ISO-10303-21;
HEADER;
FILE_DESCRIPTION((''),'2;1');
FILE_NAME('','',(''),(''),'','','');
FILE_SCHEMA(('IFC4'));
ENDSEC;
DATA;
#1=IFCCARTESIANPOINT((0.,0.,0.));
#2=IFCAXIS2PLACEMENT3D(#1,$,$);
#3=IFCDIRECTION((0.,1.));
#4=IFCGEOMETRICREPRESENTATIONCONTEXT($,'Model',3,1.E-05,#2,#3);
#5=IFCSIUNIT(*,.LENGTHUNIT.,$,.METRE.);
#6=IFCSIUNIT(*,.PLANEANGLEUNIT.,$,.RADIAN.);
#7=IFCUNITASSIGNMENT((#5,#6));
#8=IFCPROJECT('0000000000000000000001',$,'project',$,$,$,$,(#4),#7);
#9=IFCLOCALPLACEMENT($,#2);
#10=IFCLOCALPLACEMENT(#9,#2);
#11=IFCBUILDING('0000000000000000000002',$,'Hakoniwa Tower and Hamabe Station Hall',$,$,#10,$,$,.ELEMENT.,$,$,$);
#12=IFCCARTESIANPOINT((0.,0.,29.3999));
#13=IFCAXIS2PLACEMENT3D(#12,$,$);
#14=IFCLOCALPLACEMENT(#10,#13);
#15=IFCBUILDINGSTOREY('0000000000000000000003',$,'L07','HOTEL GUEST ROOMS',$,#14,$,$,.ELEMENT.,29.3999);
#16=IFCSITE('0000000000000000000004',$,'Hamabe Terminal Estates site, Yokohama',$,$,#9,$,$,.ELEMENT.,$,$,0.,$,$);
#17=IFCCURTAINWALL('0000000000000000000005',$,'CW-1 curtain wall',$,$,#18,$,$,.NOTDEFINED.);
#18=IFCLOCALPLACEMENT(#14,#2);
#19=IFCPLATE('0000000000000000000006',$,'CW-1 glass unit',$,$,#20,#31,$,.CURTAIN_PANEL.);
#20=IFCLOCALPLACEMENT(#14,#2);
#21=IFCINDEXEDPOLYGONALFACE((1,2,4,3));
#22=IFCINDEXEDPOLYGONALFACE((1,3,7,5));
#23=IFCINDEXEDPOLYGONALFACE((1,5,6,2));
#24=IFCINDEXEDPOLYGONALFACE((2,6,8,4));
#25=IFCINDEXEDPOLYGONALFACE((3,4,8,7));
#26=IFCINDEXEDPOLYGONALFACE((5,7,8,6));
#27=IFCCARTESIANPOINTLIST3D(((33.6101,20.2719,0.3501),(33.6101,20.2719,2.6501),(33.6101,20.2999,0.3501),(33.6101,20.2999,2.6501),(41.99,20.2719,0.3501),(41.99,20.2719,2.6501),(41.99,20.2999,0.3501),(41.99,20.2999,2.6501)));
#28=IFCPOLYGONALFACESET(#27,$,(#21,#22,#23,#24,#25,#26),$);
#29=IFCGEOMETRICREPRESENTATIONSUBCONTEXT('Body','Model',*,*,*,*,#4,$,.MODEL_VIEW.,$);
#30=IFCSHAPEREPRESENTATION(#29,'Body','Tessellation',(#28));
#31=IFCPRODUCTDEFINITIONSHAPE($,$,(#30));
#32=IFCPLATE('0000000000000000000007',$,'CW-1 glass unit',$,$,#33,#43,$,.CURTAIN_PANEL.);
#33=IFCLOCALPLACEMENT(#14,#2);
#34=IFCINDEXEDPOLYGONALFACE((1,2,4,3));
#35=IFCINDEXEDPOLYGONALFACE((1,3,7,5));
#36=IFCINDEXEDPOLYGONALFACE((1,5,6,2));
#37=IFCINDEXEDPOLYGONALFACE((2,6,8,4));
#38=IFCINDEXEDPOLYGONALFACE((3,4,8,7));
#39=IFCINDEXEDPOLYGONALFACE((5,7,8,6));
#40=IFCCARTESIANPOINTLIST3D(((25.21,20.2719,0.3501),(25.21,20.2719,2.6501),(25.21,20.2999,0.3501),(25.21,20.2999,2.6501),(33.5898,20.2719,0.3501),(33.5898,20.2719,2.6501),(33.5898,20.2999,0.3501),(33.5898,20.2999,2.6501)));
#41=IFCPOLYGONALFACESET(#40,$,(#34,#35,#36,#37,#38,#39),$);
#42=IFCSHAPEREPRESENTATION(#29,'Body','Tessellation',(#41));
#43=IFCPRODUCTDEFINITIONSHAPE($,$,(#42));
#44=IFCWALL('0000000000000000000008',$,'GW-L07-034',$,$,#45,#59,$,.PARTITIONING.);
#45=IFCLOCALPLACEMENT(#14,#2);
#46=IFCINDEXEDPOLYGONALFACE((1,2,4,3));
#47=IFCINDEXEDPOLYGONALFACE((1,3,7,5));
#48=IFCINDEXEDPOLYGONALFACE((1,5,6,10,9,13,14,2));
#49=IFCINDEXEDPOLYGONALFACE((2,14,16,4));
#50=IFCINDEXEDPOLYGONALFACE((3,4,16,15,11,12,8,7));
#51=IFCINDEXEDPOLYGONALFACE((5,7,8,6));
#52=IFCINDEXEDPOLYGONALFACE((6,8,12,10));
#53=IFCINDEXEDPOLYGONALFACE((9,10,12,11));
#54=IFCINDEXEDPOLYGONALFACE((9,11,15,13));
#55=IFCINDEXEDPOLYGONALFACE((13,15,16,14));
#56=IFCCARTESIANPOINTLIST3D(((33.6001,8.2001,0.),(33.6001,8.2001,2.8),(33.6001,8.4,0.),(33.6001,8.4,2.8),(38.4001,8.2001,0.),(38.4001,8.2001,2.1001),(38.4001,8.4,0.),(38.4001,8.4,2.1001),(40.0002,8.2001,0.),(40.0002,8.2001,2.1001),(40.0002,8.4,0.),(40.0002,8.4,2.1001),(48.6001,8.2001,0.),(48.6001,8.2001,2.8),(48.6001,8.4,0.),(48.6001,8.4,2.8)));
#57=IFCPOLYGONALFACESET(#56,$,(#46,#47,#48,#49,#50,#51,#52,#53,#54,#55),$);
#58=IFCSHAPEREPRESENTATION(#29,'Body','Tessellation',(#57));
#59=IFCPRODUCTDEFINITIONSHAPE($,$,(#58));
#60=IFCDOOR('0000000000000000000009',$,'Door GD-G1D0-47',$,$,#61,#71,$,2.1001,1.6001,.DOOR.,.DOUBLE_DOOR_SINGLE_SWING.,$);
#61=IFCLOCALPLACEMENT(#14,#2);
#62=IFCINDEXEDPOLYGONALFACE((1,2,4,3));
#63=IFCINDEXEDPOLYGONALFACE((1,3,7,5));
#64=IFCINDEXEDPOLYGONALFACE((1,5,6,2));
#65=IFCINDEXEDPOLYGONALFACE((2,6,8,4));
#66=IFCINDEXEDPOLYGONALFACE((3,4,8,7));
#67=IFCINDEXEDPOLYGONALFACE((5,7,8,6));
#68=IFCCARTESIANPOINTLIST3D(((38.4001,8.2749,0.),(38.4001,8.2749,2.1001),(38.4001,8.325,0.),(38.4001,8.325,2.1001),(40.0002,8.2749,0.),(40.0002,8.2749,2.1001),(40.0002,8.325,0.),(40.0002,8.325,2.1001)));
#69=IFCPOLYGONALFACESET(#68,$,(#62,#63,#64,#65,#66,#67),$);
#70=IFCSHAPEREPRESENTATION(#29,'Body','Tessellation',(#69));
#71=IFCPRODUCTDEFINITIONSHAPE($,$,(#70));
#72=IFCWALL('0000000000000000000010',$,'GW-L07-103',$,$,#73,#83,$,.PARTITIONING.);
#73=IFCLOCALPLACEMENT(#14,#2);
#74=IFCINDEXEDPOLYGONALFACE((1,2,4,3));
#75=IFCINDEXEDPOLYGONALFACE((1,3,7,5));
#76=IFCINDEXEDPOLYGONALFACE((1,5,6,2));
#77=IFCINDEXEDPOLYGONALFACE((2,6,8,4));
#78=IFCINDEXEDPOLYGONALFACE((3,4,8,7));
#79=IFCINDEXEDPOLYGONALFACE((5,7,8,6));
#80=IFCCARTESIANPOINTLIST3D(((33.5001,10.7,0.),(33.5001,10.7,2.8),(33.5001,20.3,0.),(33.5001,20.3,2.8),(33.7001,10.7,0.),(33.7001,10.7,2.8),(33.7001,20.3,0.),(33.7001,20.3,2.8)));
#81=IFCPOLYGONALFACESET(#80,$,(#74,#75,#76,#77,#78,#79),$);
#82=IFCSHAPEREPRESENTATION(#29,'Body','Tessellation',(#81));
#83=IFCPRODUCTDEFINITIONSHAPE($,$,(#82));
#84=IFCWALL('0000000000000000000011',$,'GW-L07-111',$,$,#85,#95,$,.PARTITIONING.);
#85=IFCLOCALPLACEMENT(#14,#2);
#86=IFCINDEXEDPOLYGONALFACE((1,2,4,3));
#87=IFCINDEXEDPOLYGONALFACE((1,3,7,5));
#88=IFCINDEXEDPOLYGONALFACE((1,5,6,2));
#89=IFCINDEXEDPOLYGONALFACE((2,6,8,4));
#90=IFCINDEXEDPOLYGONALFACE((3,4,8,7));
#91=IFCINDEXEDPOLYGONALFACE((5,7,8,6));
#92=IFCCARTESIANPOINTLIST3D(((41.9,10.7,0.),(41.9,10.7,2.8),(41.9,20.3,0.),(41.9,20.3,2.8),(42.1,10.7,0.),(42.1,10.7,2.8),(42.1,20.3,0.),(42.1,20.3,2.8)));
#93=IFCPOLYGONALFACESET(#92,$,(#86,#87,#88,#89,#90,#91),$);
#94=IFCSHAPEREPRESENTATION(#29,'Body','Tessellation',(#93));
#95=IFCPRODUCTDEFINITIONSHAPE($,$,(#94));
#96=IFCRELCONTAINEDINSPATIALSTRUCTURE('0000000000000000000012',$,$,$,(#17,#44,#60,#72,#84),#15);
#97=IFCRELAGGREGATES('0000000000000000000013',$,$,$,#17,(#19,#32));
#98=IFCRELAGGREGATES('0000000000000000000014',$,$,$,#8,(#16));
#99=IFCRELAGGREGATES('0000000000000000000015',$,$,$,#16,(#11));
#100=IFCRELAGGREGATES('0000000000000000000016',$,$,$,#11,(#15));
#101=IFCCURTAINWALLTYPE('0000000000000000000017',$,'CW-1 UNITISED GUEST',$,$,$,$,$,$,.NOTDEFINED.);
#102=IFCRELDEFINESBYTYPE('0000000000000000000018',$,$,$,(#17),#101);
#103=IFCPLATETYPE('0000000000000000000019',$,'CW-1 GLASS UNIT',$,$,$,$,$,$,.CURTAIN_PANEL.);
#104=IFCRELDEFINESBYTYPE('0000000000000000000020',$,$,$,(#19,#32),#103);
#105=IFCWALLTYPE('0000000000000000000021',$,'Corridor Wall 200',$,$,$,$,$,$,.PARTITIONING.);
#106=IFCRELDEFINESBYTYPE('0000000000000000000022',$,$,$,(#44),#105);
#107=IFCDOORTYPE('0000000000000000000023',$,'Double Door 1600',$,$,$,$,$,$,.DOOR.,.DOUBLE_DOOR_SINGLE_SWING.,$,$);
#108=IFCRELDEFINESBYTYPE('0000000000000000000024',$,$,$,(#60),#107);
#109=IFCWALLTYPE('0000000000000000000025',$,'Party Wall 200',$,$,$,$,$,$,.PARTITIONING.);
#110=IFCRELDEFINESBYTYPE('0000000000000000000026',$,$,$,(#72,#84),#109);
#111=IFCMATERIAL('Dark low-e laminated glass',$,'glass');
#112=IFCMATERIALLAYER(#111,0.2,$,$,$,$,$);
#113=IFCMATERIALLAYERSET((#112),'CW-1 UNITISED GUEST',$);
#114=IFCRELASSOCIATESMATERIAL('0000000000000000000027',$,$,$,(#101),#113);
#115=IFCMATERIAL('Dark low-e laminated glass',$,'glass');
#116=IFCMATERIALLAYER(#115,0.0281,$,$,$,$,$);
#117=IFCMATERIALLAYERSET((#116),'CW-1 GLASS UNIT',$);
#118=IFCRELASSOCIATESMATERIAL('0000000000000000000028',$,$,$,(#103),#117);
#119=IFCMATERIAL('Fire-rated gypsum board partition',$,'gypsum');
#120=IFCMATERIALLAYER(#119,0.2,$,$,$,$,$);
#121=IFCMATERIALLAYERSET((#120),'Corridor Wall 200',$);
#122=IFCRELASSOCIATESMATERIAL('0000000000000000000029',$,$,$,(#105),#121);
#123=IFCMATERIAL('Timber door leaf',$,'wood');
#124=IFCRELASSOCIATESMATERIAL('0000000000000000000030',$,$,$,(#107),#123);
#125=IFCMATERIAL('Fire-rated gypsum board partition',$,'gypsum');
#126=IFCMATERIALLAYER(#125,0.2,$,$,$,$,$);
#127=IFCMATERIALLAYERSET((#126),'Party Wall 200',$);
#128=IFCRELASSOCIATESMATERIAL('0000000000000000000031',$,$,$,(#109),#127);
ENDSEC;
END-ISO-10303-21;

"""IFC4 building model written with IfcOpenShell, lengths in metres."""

from ifc_helpers import new_model, si_unit, direction, frame, frame_2d, origin, origin_2d, place, context, subcontext, project, spatial, rectangle, extrude, material, layer, layer_set, type_object, element, fill, aggregate, save


model = new_model("IFC4")

# Units and contexts
model_context = context("Model", 3, precision=1e-05, world=origin(), true_north=direction((0.0, 1.0)))
body_context = subcontext(model_context, "Body", "Model", "MODEL_VIEW")
ifc_project = project(units=[si_unit("LENGTHUNIT", "METRE"), si_unit("PLANEANGLEUNIT", "RADIAN")], contexts=[model_context])

# Site, building, storey
site_placement = place(None, origin())
site = spatial("IfcSite", under=ifc_project, at=site_placement, Name="Hamabe Terminal Estates site, Yokohama", CompositionType="ELEMENT", RefElevation=0.0)
building_placement = place(site_placement, origin())
building = spatial("IfcBuilding", under=site, at=building_placement, Name="Hakoniwa Tower and Hamabe Station Hall", CompositionType="ELEMENT")
storey_placement = place(building_placement, frame((0.0, 0.0, 29.3999)))
storey = spatial("IfcBuildingStorey", under=building, at=storey_placement, Name="L07", Description="HOTEL GUEST ROOMS", CompositionType="ELEMENT", Elevation=29.3999)

# Curtain wall
ifc_material_1 = material(Name="Dark low-e laminated glass", Category="glass")
ifc_layer_1 = layer(ifc_material_1, 0.2)
ifc_layer_set_1 = layer_set([ifc_layer_1], Name="CW-1 UNITISED GUEST")
curtain_wall_type = type_object("IfcCurtainWallType", Name="CW-1 UNITISED GUEST", PredefinedType="NOTDEFINED", material=ifc_layer_set_1)
curtain_wall_1_placement = place(storey_placement, origin())
curtain_wall_1 = element("IfcCurtainWall", 1, at=curtain_wall_1_placement, inside=storey, type_object=curtain_wall_type, Name="CW-1 curtain wall", PredefinedType="NOTDEFINED")

# Plates
ifc_material_2 = material(Name="Dark low-e laminated glass", Category="glass")
ifc_layer_2 = layer(ifc_material_2, 0.0281)
ifc_layer_set_2 = layer_set([ifc_layer_2], Name="CW-1 GLASS UNIT")
plate_type = type_object("IfcPlateType", Name="CW-1 GLASS UNIT", PredefinedType="CURTAIN_PANEL", material=ifc_layer_set_2)
plate_1_placement = place(storey_placement, frame((37.8, 20.2859, 0.3501), z_axis=(0.0, 0.0, 1.0), x_axis=(-1.0, 0.0, 0.0)))
plate_1 = element("IfcPlate", 2, at=plate_1_placement, type_object=plate_type, Name="CW-1 glass unit", PredefinedType="CURTAIN_PANEL", context=body_context, shape_type="SweptSolid", body=[
    extrude(rectangle(XDim=8.3799, YDim=0.0281, at=origin_2d()), origin(), (0.0, 0.0, 1.0), 2.3),
])
plate_2_placement = place(storey_placement, frame((29.3999, 20.2859, 0.3501), z_axis=(0.0, 0.0, 1.0), x_axis=(-1.0, 0.0, 0.0)))
plate_2 = element("IfcPlate", 3, at=plate_2_placement, type_object=plate_type, Name="CW-1 glass unit", PredefinedType="CURTAIN_PANEL", context=body_context, shape_type="SweptSolid", body=[
    extrude(rectangle(XDim=8.3799, YDim=0.0281, at=origin_2d()), origin(), (0.0, 0.0, 1.0), 2.3),
])
aggregate(curtain_wall_1, [plate_1, plate_2])

# Wall, opening, door
ifc_material_3 = material(Name="Fire-rated gypsum board partition", Category="gypsum")
ifc_layer_3 = layer(ifc_material_3, 0.2)
ifc_layer_set_3 = layer_set([ifc_layer_3], Name="Corridor Wall 200")
wall_type_1 = type_object("IfcWallType", Name="Corridor Wall 200", PredefinedType="PARTITIONING", material=ifc_layer_set_3)
wall_placement = place(storey_placement, frame((33.6001, 8.3, 0.0), z_axis=(0.0, 0.0, 1.0), x_axis=(1.0, 0.0, 0.0)))
wall = element("IfcWall", 4, at=wall_placement, inside=storey, type_object=wall_type_1, Name="GW-L07-034", PredefinedType="PARTITIONING", context=body_context, shape_type="SweptSolid", body=[
    extrude(rectangle(XDim=15.0, YDim=0.2, at=frame_2d((7.5, 0.0))), origin(), (0.0, 0.0, 1.0), 2.8),
])
opening_placement = place(wall_placement, frame((4.8, 0.0, 0.0)))
opening = element("IfcOpeningElement", 5, at=opening_placement, cuts=wall, PredefinedType="OPENING", context=body_context, shape_type="SweptSolid", body=[
    extrude(rectangle(XDim=1.6001, YDim=2.1001, at=frame_2d((0.8, 1.05))), frame((0.0, 0.1099, 0.0), z_axis=(0.0, -1.0, 0.0), x_axis=(1.0, 0.0, 0.0)), (0.0, 0.0, 1.0), 0.22),
])
ifc_material_4 = material(Name="Timber door leaf", Category="wood")
door_type = type_object("IfcDoorType", Name="Double Door 1600", OperationType="DOUBLE_DOOR_SINGLE_SWING", PredefinedType="DOOR", material=ifc_material_4)
door_placement = place(opening_placement, origin())
door = element("IfcDoor", 6, at=door_placement, inside=storey, type_object=door_type, Name="Door GD-G1D0-47", OperationType="DOUBLE_DOOR_SINGLE_SWING", OverallHeight=2.1001, OverallWidth=1.6001, PredefinedType="DOOR", context=body_context, shape_type="SweptSolid", body=[
    extrude(rectangle(XDim=1.6001, YDim=2.1001, at=frame_2d((0.8, 1.05))), frame((0.0, 0.0249, 0.0), z_axis=(0.0, -1.0, 0.0), x_axis=(1.0, 0.0, 0.0)), (0.0, 0.0, 1.0), 0.05),
])
fill(opening, door)

# Walls
ifc_material_5 = material(Name="Fire-rated gypsum board partition", Category="gypsum")
ifc_layer_4 = layer(ifc_material_5, 0.2)
ifc_layer_set_4 = layer_set([ifc_layer_4], Name="Party Wall 200")
wall_type_2 = type_object("IfcWallType", Name="Party Wall 200", PredefinedType="PARTITIONING", material=ifc_layer_set_4)
for number, where, z_axis, x_axis, name in (
    (7, (33.6001, 10.7, 0.0), (0.0, 0.0, 1.0), (0.0, 1.0, 0.0), "GW-L07-103"),
    (8, (42.0, 10.7, 0.0), (0.0, 0.0, 1.0), (0.0, 1.0, 0.0), "GW-L07-111"),
):
    element("IfcWall", number, at=place(storey_placement, frame(where, z_axis=z_axis, x_axis=x_axis)), inside=storey, type_object=wall_type_2, Name=name, PredefinedType="PARTITIONING", context=body_context, shape_type="SweptSolid", body=[
        extrude(rectangle(XDim=9.6001, YDim=0.2, at=frame_2d((4.8, 0.0))), origin(), (0.0, 0.0, 1.0), 2.8),
    ])

save(model, "model.ifc")
